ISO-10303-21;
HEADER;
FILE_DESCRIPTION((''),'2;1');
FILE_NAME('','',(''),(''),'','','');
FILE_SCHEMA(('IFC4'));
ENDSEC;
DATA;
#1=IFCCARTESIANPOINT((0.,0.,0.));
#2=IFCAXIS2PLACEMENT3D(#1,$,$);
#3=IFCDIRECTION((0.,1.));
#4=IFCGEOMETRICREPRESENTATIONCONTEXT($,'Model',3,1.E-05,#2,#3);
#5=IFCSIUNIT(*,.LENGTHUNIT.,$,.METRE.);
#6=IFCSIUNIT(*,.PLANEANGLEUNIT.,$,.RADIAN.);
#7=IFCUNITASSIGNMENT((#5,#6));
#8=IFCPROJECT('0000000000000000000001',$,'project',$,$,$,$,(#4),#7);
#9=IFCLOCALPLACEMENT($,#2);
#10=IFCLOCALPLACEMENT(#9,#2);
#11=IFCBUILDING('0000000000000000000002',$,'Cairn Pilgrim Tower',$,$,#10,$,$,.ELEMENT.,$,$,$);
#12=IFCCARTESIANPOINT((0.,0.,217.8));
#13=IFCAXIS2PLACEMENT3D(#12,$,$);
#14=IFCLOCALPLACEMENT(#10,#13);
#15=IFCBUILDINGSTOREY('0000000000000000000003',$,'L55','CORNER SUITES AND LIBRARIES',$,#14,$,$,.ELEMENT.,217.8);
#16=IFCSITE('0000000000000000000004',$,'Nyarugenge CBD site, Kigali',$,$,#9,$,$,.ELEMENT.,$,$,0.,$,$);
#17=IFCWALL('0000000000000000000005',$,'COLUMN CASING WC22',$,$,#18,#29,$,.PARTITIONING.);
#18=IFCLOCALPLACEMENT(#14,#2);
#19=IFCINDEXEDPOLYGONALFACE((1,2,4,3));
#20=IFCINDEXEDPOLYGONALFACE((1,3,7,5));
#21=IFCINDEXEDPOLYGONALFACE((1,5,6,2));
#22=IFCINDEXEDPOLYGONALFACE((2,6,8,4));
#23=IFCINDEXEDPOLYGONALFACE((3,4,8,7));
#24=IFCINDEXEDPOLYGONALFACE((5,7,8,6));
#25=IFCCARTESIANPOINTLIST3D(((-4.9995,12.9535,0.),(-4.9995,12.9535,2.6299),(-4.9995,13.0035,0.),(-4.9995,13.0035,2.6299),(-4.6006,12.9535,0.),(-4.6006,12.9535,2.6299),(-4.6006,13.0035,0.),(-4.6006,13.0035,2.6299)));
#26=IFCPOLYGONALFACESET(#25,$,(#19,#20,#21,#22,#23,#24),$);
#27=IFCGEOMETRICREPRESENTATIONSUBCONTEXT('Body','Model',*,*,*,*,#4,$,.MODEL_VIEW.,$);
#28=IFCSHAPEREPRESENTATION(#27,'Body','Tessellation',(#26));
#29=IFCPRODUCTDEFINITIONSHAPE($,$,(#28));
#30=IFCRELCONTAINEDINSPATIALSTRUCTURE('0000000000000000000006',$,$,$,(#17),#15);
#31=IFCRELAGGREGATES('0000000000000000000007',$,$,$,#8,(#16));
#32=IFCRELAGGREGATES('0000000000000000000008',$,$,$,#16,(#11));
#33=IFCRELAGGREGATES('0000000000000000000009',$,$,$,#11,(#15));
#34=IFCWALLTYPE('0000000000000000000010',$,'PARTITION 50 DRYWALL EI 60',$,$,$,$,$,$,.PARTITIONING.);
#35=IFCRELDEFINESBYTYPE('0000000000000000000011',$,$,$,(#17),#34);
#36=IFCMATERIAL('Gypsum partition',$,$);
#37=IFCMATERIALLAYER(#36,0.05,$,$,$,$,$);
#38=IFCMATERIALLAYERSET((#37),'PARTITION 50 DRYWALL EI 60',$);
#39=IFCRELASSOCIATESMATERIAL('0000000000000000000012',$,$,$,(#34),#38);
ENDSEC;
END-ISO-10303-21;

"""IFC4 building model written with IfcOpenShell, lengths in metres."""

from ifc_helpers import new_model, si_unit, direction, frame, frame_2d, origin, place, context, subcontext, project, spatial, rectangle, extrude, material, layer, layer_set, type_object, element, save


model = new_model("IFC4")

# Units and contexts
model_context = context("Model", 3, precision=1e-05, world=origin(), true_north=direction((0.0, 1.0)))
body_context = subcontext(model_context, "Body", "Model", "MODEL_VIEW")
ifc_project = project(units=[si_unit("LENGTHUNIT", "METRE"), si_unit("PLANEANGLEUNIT", "RADIAN")], contexts=[model_context])

# Site, building, storey
site_placement = place(None, origin())
site = spatial("IfcSite", under=ifc_project, at=site_placement, Name="Nyarugenge CBD site, Kigali", CompositionType="ELEMENT", RefElevation=0.0)
building_placement = place(site_placement, origin())
building = spatial("IfcBuilding", under=site, at=building_placement, Name="Cairn Pilgrim Tower", CompositionType="ELEMENT")
storey_placement = place(building_placement, frame((0.0, 0.0, 217.8)))
storey = spatial("IfcBuildingStorey", under=building, at=storey_placement, Name="L55", Description="CORNER SUITES AND LIBRARIES", CompositionType="ELEMENT", Elevation=217.8)

# Shared definitions
ifc_material_1 = material(Name="Gypsum partition")

# Wall
ifc_layer_1 = layer(ifc_material_1, 0.05)
ifc_layer_set_1 = layer_set([ifc_layer_1], Name="PARTITION 50 DRYWALL EI 60")
wall_type_1 = type_object("IfcWallType", Name="PARTITION 50 DRYWALL EI 60", PredefinedType="PARTITIONING", material=ifc_layer_set_1)
wall_1_placement = place(storey_placement, frame((-4.9995, 12.9785, 0.0), z_axis=(0.0, 0.0, 1.0), x_axis=(1.0, 0.0, 0.0)))
element("IfcWall", 1, at=wall_1_placement, inside=storey, type_object=wall_type_1, Name="COLUMN CASING WC22", PredefinedType="PARTITIONING", context=body_context, shape_type="SweptSolid", body=[
    extrude(rectangle(XDim=0.3989, YDim=0.05, at=frame_2d((0.1995, 0.0))), origin(), (0.0, 0.0, 1.0), 2.6299),
])

save(model, "model.ifc")
